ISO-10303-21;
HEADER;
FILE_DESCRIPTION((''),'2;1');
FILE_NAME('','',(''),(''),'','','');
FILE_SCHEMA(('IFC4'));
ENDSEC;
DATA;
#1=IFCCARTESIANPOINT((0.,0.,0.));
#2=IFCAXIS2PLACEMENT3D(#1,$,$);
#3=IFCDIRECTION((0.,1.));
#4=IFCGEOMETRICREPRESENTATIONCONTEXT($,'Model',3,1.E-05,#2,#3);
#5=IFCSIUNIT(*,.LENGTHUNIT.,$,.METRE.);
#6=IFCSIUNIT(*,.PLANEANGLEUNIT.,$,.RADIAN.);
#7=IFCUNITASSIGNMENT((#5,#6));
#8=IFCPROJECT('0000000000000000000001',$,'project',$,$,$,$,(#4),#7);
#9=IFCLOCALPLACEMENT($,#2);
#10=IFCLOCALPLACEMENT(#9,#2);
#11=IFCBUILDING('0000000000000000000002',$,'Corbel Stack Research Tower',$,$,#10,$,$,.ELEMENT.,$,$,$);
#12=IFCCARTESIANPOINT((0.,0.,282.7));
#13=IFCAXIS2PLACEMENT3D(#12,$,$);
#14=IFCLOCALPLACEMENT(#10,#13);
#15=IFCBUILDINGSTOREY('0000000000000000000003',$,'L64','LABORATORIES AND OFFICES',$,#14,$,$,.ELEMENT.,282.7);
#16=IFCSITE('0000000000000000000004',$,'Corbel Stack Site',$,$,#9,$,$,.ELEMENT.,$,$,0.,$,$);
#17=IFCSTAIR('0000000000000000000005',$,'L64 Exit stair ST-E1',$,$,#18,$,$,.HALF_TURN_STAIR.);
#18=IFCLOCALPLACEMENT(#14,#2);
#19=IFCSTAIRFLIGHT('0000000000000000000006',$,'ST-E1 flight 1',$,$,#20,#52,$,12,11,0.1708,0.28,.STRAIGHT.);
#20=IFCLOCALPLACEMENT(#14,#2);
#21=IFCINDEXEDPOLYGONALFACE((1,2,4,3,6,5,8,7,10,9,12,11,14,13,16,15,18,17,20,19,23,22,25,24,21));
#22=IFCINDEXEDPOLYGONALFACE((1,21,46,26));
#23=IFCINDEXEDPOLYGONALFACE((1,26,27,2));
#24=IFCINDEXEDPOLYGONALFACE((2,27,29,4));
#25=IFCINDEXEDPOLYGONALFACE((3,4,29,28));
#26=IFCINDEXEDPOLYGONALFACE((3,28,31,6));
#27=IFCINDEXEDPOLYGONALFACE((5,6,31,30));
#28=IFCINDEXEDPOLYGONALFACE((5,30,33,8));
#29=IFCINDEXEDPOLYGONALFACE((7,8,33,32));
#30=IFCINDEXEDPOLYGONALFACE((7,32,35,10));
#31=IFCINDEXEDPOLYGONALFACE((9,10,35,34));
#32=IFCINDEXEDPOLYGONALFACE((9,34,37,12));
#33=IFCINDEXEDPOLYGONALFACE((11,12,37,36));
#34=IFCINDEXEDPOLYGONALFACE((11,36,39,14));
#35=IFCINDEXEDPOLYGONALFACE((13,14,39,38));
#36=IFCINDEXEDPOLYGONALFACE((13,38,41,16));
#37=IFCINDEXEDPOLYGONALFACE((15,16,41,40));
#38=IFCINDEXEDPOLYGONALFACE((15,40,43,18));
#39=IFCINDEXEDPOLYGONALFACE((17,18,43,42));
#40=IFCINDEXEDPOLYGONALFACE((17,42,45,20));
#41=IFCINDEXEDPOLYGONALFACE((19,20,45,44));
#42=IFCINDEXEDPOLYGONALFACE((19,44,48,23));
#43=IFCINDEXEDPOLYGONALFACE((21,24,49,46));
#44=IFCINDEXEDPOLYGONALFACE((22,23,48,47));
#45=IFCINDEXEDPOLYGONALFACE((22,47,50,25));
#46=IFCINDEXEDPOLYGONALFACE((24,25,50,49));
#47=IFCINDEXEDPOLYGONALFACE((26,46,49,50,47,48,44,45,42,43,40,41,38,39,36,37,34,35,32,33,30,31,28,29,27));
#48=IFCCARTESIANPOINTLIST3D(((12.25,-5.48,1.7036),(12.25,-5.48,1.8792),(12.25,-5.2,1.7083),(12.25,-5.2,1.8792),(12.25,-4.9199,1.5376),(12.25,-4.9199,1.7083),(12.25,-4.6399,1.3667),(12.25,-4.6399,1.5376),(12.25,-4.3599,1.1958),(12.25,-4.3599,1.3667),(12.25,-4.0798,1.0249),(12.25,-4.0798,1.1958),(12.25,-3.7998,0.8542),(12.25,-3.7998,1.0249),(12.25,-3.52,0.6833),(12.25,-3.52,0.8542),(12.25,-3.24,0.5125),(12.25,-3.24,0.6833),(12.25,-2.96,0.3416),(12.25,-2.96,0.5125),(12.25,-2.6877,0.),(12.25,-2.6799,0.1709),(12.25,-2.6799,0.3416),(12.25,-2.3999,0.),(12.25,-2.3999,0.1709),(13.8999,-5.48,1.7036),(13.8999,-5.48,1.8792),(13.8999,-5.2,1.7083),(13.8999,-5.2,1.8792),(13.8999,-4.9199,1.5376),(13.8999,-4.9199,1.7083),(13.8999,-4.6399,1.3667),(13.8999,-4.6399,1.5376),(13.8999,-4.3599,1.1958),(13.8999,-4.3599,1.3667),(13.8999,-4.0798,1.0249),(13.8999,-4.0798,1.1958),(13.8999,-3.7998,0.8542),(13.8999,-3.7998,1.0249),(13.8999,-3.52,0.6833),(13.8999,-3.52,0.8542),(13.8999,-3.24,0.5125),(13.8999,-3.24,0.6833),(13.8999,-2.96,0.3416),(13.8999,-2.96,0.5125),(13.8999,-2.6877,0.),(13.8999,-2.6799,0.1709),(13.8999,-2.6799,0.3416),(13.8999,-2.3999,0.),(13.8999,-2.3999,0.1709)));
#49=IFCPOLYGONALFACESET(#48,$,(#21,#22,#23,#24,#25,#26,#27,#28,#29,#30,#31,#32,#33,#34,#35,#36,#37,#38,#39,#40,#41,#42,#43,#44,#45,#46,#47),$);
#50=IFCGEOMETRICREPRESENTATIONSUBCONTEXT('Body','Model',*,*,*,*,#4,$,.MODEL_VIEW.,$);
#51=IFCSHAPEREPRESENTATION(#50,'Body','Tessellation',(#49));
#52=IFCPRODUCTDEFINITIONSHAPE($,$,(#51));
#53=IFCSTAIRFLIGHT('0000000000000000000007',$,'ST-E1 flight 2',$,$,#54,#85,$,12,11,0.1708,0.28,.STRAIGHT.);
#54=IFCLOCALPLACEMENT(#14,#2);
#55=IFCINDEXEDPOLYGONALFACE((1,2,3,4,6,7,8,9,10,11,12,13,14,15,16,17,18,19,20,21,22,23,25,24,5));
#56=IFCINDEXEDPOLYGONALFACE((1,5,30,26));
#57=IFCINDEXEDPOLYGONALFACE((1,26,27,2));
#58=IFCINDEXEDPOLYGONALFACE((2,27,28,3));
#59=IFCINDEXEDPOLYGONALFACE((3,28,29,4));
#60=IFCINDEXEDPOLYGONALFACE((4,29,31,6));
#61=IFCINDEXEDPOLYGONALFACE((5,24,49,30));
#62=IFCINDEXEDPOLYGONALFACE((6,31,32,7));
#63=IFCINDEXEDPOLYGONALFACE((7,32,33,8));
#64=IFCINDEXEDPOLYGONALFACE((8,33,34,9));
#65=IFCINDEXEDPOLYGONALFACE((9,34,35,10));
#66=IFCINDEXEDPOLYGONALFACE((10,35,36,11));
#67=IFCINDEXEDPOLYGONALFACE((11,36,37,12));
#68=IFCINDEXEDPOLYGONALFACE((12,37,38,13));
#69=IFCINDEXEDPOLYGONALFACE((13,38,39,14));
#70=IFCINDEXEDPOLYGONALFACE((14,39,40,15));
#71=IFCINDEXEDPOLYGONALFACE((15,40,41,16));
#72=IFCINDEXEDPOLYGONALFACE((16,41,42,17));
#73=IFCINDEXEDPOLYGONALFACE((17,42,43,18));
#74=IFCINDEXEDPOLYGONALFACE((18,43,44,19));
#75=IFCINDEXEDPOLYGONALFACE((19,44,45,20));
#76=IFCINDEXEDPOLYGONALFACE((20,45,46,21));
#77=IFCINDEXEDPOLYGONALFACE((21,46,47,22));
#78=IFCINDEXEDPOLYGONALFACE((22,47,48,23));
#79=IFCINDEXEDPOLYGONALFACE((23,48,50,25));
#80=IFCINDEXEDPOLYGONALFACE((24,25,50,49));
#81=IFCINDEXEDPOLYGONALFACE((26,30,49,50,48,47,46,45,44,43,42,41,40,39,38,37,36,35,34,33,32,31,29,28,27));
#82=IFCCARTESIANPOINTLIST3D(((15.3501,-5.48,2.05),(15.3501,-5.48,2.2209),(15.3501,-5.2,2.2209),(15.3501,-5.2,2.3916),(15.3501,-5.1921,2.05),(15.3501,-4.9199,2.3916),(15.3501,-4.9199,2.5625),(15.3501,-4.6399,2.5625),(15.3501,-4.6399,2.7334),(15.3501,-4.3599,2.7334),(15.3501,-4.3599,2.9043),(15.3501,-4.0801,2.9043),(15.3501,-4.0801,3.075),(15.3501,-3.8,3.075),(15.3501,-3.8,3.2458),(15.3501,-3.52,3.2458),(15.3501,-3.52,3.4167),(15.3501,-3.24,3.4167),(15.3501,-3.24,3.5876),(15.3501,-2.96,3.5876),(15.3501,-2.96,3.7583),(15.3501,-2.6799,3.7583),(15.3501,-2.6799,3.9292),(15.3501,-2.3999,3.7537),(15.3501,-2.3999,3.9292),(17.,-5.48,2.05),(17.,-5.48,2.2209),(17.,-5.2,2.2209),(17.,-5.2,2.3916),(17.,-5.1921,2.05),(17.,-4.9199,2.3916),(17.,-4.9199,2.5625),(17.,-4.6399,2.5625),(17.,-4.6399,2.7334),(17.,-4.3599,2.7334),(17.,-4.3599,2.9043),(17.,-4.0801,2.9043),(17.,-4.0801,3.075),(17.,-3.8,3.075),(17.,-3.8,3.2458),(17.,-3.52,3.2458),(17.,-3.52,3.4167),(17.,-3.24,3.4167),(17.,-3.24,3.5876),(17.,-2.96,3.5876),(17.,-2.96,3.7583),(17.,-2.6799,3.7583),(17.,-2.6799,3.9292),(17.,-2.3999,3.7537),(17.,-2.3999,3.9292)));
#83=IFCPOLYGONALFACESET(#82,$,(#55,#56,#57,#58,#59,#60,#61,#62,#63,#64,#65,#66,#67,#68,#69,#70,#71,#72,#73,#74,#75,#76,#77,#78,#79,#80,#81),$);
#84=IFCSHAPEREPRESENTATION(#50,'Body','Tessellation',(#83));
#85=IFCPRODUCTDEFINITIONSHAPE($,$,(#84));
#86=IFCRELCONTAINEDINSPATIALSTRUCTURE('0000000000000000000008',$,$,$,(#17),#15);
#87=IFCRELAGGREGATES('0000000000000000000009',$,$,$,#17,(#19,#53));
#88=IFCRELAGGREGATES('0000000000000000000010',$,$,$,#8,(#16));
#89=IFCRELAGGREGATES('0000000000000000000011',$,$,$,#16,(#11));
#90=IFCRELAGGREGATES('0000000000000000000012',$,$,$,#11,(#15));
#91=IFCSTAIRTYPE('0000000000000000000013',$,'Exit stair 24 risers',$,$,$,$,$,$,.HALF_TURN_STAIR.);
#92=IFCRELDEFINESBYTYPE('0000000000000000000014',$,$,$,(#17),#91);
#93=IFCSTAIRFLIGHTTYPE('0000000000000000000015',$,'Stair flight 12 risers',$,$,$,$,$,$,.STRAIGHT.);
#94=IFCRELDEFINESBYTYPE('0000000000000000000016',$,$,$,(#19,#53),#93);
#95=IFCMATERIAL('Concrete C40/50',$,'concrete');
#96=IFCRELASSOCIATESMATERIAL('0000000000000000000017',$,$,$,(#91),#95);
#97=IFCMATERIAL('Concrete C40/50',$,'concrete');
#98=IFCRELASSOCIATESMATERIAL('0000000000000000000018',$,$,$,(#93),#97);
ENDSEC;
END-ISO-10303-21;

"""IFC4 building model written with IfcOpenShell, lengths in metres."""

from ifc_helpers import new_model, si_unit, direction, frame, origin, place, context, subcontext, project, spatial, polyline, outline, extrude, material, type_object, element, aggregate, save


model = new_model("IFC4")

# Units and contexts
model_context = context("Model", 3, precision=1e-05, world=origin(), true_north=direction((0.0, 1.0)))
body_context = subcontext(model_context, "Body", "Model", "MODEL_VIEW")
ifc_project = project(units=[si_unit("LENGTHUNIT", "METRE"), si_unit("PLANEANGLEUNIT", "RADIAN")], contexts=[model_context])

# Site, building, storey
site_placement = place(None, origin())
site = spatial("IfcSite", under=ifc_project, at=site_placement, Name="Corbel Stack Site", CompositionType="ELEMENT", RefElevation=0.0)
building_placement = place(site_placement, origin())
building = spatial("IfcBuilding", under=site, at=building_placement, Name="Corbel Stack Research Tower", CompositionType="ELEMENT")
storey_placement = place(building_placement, frame((0.0, 0.0, 282.7)))
storey = spatial("IfcBuildingStorey", under=building, at=storey_placement, Name="L64", Description="LABORATORIES AND OFFICES", CompositionType="ELEMENT", Elevation=282.7)

# Stair, stair flights
ifc_material_1 = material(Name="Concrete C40/50", Category="concrete")
stair_type = type_object("IfcStairType", Name="Exit stair 24 risers", PredefinedType="HALF_TURN_STAIR", material=ifc_material_1)
stair_placement = place(storey_placement, origin())
stair = element("IfcStair", 1, at=stair_placement, inside=storey, type_object=stair_type, Name="L64 Exit stair ST-E1", PredefinedType="HALF_TURN_STAIR")
ifc_material_2 = material(Name="Concrete C40/50", Category="concrete")
stair_flight_type = type_object("IfcStairFlightType", Name="Stair flight 12 risers", PredefinedType="STRAIGHT", material=ifc_material_2)
stair_flight_1_placement = place(storey_placement, frame((13.075, -2.3999, 0.0), z_axis=(0.0, 0.0, 1.0), x_axis=(0.0, -1.0, 0.0)))
stair_flight_1 = element("IfcStairFlight", 2, at=stair_flight_1_placement, type_object=stair_flight_type, Name="ST-E1 flight 1", NumberOfRisers=12, NumberOfTreads=11, PredefinedType="STRAIGHT", RiserHeight=0.1708, TreadLength=0.28, context=body_context, shape_type="SweptSolid", body=[
    extrude(outline(polyline([(0.0, 0.0), (0.0, 0.1709), (0.28, 0.1709), (0.28, 0.3416), (0.5601, 0.3416), (0.5601, 0.5125), (0.8401, 0.5125), (0.8401, 0.6833), (1.1201, 0.6833), (1.1201, 0.8542), (1.3999, 0.8542), (1.3999, 1.0249), (1.6799, 1.0249), (1.6799, 1.1958), (1.96, 1.1958), (1.96, 1.3667), (2.24, 1.3667), (2.24, 1.5376), (2.52, 1.5376), (2.52, 1.7083), (2.8, 1.7083), (2.8, 1.8792), (3.0801, 1.8792), (3.0801, 2.05), (3.0801, 1.7036), (0.2878, 0.0), (0.0, 0.0)])), frame((0.0, 0.825, 0.0), z_axis=(0.0, -1.0, 0.0), x_axis=(1.0, 0.0, 0.0)), (0.0, 0.0, 1.0), 1.6499),
])
stair_flight_2_placement = place(storey_placement, frame((16.175, -5.48, 2.05), z_axis=(0.0, 0.0, 1.0), x_axis=(0.0, 1.0, 0.0)))
stair_flight_2 = element("IfcStairFlight", 3, at=stair_flight_2_placement, type_object=stair_flight_type, Name="ST-E1 flight 2", NumberOfRisers=12, NumberOfTreads=11, PredefinedType="STRAIGHT", RiserHeight=0.1708, TreadLength=0.28, context=body_context, shape_type="SweptSolid", body=[
    extrude(outline(polyline([(0.0, 0.0), (0.0, 0.1709), (0.28, 0.1709), (0.28, 0.3416), (0.5601, 0.3416), (0.5601, 0.5125), (0.8401, 0.5125), (0.8401, 0.6833), (1.1201, 0.6833), (1.1201, 0.8542), (1.3999, 0.8542), (1.3999, 1.0249), (1.6799, 1.0249), (1.6799, 1.1958), (1.96, 1.1958), (1.96, 1.3667), (2.24, 1.3667), (2.24, 1.5376), (2.52, 1.5376), (2.52, 1.7083), (2.8, 1.7083), (2.8, 1.8792), (3.0801, 1.8792), (3.0801, 2.05), (3.0801, 1.7036), (0.2878, 0.0), (0.0, 0.0)])), frame((0.0, 0.825, 0.0), z_axis=(0.0, -1.0, 0.0), x_axis=(1.0, 0.0, 0.0)), (0.0, 0.0, 1.0), 1.6499),
])
aggregate(stair, [stair_flight_1, stair_flight_2])

save(model, "model.ifc")
